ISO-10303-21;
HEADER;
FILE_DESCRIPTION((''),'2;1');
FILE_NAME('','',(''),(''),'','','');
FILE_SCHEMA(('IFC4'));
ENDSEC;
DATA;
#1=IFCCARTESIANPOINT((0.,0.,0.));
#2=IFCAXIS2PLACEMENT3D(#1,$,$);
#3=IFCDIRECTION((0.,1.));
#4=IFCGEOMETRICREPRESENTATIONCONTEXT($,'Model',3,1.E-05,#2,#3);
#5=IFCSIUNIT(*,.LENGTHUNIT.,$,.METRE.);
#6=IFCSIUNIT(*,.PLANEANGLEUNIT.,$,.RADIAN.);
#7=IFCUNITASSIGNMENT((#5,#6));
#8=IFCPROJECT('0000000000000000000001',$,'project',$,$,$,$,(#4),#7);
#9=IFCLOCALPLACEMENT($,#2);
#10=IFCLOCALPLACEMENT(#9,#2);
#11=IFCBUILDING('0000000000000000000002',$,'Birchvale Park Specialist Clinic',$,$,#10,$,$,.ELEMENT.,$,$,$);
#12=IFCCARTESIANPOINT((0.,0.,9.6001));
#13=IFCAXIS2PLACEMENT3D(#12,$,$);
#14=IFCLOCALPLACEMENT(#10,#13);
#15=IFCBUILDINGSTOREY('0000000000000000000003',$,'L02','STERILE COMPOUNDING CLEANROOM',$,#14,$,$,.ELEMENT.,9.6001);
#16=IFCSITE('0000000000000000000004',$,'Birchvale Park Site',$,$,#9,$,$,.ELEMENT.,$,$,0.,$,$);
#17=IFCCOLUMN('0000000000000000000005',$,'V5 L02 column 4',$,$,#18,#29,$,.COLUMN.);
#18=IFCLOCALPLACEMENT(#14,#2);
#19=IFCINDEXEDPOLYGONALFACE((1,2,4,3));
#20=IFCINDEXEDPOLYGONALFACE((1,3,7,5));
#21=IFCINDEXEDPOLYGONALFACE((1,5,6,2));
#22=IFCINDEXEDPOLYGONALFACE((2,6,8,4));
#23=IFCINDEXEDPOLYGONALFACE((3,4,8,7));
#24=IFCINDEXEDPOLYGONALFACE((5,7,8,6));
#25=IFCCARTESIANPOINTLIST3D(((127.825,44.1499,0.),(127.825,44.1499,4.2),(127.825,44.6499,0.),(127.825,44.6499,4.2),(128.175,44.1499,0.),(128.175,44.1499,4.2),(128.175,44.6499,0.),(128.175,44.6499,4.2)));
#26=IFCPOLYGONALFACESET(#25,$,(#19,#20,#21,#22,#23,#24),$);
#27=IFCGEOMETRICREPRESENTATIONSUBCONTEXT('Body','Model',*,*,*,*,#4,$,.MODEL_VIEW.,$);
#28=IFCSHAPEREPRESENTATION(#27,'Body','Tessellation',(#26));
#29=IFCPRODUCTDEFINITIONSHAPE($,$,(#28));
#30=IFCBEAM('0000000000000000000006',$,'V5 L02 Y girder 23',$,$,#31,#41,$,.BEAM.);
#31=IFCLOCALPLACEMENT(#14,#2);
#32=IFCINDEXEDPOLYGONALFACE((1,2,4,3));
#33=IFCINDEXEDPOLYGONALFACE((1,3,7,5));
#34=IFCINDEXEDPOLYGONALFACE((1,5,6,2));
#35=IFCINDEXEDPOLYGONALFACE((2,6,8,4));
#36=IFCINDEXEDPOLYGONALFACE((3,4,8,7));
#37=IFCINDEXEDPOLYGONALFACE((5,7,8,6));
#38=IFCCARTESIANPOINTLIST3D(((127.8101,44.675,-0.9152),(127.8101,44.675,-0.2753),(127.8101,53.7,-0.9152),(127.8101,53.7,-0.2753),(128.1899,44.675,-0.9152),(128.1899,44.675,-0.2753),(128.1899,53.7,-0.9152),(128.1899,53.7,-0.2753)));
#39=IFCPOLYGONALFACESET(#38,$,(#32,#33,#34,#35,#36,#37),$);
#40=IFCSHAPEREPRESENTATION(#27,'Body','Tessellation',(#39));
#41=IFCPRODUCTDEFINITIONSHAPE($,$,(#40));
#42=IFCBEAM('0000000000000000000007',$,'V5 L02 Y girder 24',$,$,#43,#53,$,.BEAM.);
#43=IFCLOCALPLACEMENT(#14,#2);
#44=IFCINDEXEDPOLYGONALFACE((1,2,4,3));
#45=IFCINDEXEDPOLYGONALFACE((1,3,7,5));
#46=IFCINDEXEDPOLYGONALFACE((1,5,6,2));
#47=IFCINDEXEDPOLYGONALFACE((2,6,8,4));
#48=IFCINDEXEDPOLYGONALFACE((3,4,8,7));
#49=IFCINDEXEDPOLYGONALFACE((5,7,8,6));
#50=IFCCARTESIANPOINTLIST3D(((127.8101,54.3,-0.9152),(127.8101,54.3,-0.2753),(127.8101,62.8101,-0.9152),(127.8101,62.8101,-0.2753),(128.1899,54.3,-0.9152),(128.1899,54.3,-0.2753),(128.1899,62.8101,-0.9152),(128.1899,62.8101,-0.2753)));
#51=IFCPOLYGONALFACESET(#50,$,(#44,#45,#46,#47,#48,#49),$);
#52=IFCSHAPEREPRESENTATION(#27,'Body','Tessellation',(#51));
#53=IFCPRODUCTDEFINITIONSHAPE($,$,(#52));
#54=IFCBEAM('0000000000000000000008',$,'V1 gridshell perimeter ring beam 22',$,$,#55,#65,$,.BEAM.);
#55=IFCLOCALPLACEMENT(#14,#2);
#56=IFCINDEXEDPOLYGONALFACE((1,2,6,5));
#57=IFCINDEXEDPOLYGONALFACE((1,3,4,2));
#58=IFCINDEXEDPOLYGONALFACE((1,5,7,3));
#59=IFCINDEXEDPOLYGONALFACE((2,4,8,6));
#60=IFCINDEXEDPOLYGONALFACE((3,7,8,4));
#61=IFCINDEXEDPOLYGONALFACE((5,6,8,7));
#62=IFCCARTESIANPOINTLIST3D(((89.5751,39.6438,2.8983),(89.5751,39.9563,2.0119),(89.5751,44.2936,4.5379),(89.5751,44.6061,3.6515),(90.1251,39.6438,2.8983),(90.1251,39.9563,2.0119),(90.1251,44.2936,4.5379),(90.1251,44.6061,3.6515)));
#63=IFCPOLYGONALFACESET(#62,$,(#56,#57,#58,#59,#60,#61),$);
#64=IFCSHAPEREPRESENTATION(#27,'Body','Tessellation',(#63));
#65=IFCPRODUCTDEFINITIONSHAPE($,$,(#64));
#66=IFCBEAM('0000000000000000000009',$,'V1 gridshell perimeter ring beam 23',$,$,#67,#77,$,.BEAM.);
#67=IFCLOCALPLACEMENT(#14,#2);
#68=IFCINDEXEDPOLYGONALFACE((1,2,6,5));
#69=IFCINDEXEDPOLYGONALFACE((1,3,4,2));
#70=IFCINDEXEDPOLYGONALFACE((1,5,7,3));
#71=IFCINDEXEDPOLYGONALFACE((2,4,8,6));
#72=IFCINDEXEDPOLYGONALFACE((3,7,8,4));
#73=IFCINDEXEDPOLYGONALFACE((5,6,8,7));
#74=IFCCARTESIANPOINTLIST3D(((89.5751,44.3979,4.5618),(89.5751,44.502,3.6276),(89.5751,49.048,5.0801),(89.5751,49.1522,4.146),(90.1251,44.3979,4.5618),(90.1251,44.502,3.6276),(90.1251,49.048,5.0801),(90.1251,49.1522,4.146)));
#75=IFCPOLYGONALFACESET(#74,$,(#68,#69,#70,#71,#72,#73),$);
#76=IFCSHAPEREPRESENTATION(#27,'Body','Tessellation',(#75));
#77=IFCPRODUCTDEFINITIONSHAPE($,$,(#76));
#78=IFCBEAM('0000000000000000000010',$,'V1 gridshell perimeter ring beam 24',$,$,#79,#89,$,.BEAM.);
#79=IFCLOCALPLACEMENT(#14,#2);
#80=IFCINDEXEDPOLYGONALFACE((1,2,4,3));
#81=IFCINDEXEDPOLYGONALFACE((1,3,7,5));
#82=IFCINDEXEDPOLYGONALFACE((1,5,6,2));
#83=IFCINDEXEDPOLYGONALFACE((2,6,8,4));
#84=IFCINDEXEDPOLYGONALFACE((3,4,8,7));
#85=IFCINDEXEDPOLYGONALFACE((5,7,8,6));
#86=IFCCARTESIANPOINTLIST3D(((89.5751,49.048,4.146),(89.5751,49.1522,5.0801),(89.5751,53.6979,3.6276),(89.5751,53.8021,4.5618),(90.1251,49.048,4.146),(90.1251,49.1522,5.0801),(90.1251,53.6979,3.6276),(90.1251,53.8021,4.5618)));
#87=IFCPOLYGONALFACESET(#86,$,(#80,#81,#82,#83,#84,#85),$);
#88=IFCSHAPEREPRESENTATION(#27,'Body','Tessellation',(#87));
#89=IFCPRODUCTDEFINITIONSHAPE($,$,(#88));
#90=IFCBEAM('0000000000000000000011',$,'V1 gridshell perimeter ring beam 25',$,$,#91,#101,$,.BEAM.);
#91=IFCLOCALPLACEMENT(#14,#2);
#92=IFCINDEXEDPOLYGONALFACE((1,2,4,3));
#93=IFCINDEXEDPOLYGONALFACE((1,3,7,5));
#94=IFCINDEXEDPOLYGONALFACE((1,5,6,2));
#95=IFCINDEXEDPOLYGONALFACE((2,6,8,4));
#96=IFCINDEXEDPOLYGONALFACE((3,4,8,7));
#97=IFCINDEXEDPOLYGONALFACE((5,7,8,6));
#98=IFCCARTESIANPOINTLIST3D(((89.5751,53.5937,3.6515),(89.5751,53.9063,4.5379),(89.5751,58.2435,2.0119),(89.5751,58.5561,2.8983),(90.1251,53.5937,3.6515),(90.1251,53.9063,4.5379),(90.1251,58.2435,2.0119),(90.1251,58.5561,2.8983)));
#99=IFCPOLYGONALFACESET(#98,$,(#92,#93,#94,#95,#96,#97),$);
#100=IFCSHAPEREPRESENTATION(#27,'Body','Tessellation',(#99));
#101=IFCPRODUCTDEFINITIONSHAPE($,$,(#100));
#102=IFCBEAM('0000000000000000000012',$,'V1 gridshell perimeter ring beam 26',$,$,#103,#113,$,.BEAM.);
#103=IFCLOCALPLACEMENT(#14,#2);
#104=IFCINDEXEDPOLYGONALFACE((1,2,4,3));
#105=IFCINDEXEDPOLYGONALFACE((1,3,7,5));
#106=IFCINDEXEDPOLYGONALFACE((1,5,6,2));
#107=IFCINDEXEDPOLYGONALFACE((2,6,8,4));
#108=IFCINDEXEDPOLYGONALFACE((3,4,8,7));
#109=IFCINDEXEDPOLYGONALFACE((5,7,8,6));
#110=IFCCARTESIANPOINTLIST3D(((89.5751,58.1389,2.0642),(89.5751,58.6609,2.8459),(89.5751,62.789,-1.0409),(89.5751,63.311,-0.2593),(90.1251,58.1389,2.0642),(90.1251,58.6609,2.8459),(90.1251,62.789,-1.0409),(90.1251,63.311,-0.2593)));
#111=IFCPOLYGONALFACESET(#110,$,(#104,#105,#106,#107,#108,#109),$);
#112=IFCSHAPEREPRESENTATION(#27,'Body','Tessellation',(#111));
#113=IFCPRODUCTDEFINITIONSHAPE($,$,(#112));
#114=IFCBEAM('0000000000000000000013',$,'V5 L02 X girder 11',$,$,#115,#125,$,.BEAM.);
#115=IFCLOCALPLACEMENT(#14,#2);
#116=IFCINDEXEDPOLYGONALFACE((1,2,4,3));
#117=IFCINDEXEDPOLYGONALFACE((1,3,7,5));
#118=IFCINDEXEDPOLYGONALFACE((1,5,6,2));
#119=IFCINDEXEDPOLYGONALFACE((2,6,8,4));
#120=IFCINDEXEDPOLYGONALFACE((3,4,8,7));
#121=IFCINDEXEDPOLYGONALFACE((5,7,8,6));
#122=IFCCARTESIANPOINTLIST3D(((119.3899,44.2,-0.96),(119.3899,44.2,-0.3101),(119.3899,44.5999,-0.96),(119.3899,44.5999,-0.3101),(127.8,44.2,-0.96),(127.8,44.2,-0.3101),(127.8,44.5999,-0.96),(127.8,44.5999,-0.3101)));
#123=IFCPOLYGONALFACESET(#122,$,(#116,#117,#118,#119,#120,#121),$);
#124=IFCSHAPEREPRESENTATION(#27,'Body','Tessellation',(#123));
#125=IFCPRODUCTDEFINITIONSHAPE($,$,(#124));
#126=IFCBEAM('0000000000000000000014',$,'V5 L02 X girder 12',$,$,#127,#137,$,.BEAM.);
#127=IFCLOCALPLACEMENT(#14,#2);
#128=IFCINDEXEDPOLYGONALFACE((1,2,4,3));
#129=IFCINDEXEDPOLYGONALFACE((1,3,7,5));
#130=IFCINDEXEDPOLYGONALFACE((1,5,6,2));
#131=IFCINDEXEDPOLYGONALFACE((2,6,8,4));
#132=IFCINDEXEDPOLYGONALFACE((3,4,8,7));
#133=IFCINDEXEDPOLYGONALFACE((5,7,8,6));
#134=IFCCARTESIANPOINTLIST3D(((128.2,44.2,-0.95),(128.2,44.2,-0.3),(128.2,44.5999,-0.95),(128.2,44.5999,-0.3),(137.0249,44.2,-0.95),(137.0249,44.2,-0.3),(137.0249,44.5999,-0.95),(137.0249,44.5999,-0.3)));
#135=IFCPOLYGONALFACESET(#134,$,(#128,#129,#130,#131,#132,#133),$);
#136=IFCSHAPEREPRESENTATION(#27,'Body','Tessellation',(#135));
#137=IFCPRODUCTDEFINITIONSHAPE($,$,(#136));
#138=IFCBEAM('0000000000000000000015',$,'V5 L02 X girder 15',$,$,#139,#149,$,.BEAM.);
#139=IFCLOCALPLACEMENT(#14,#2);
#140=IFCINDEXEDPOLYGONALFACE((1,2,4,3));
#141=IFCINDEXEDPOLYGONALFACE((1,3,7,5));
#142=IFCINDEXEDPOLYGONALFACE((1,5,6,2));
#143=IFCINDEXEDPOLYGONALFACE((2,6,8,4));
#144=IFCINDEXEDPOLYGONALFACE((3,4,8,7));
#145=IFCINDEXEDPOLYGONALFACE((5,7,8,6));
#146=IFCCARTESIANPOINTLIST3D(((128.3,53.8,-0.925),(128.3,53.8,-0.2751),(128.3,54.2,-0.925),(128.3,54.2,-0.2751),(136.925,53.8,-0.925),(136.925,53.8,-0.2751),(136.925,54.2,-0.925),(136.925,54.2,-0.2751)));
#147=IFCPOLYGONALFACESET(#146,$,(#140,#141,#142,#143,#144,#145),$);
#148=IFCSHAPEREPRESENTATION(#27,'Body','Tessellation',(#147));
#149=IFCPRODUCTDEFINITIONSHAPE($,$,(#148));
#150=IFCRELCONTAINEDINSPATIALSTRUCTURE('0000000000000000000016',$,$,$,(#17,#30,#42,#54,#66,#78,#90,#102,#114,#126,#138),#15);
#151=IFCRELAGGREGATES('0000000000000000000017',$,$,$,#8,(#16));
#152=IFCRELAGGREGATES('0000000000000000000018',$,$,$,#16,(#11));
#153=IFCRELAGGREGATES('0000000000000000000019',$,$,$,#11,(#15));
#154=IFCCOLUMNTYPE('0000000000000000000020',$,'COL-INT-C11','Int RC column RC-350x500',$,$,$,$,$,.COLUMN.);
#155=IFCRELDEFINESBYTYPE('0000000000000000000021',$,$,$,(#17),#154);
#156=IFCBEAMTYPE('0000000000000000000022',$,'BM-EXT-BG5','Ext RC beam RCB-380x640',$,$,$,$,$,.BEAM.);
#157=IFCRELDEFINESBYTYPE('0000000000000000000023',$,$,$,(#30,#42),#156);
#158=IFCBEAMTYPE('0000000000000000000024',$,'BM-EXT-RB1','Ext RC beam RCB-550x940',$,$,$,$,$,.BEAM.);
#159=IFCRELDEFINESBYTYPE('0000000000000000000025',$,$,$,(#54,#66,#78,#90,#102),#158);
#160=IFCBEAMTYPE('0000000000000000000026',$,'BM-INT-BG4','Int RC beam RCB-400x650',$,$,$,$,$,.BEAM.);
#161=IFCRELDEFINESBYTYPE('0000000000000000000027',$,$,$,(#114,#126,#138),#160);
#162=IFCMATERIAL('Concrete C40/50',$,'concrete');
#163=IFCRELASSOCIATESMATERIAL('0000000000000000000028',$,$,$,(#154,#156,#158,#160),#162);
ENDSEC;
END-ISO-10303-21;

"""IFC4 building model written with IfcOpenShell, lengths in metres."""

from ifc_helpers import new_model, si_unit, direction, frame, origin, origin_2d, place, context, subcontext, project, spatial, rectangle, extrude, material, material_profile, profile_set, type_object, element, save


model = new_model("IFC4")

# Units and contexts
model_context = context("Model", 3, precision=1e-05, world=origin(), true_north=direction((0.0, 1.0)))
body_context = subcontext(model_context, "Body", "Model", "MODEL_VIEW")
ifc_project = project(units=[si_unit("LENGTHUNIT", "METRE"), si_unit("PLANEANGLEUNIT", "RADIAN")], contexts=[model_context])

# Site, building, storey
site_placement = place(None, origin())
site = spatial("IfcSite", under=ifc_project, at=site_placement, Name="Birchvale Park Site", CompositionType="ELEMENT", RefElevation=0.0)
building_placement = place(site_placement, origin())
building = spatial("IfcBuilding", under=site, at=building_placement, Name="Birchvale Park Specialist Clinic", CompositionType="ELEMENT")
storey_placement = place(building_placement, frame((0.0, 0.0, 9.6001)))
storey = spatial("IfcBuildingStorey", under=building, at=storey_placement, Name="L02", Description="STERILE COMPOUNDING CLEANROOM", CompositionType="ELEMENT", Elevation=9.6001)

# Column
ifc_material_1 = material(Name="Concrete C40/50", Category="concrete")
ifc_material_profile_1 = material_profile(ifc_material_1, rectangle(XDim=0.3501, YDim=0.5, at=origin_2d()), Name="RC-350x500")
ifc_profile_set_1 = profile_set([ifc_material_profile_1], Name="Concrete C40/50")
column_type_1 = type_object("IfcColumnType", Name="COL-INT-C11", Description="Int RC column RC-350x500", PredefinedType="COLUMN", material=ifc_profile_set_1)
column_1_placement = place(storey_placement, frame((128.0, 44.3999, 0.0), z_axis=(0.0, 0.0, 1.0), x_axis=(1.0, 0.0, 0.0)))
element("IfcColumn", 1, at=column_1_placement, inside=storey, type_object=column_type_1, Name="V5 L02 column 4", PredefinedType="COLUMN", context=body_context, shape_type="SweptSolid", body=[
    extrude(rectangle(XDim=0.3501, YDim=0.5, at=origin_2d()), origin(), (0.0, 0.0, 1.0), 4.2),
])

# Beams
ifc_material_profile_2 = material_profile(ifc_material_1, rectangle(XDim=0.3799, YDim=0.6399, at=origin_2d()), Name="RCB-380x640")
ifc_profile_set_2 = profile_set([ifc_material_profile_2], Name="Concrete C40/50")
beam_type_1 = type_object("IfcBeamType", Name="BM-EXT-BG5", Description="Ext RC beam RCB-380x640", PredefinedType="BEAM", material=ifc_profile_set_2)
beam_1_placement = place(storey_placement, frame((128.0, 44.675, -0.5952), z_axis=(0.0, 1.0, 0.0), x_axis=(-1.0, 0.0, 0.0)))
element("IfcBeam", 2, at=beam_1_placement, inside=storey, type_object=beam_type_1, Name="V5 L02 Y girder 23", PredefinedType="BEAM", context=body_context, shape_type="SweptSolid", body=[
    extrude(rectangle(XDim=0.3799, YDim=0.6399, at=origin_2d()), origin(), (0.0, 0.0, 1.0), 9.0249),
])
beam_2_placement = place(storey_placement, frame((128.0, 54.3, -0.5952), z_axis=(0.0, 1.0, 0.0), x_axis=(-1.0, 0.0, 0.0)))
element("IfcBeam", 3, at=beam_2_placement, inside=storey, type_object=beam_type_1, Name="V5 L02 Y girder 24", PredefinedType="BEAM", context=body_context, shape_type="SweptSolid", body=[
    extrude(rectangle(XDim=0.3799, YDim=0.6399, at=origin_2d()), origin(), (0.0, 0.0, 1.0), 8.51),
])
ifc_material_profile_3 = material_profile(ifc_material_1, rectangle(XDim=0.55, YDim=0.9399, at=origin_2d()), Name="RCB-550x940")
ifc_profile_set_3 = profile_set([ifc_material_profile_3], Name="Concrete C40/50")
beam_type_2 = type_object("IfcBeamType", Name="BM-EXT-RB1", Description="Ext RC beam RCB-550x940", PredefinedType="BEAM", material=ifc_profile_set_3)
beam_3_placement = place(storey_placement, frame((89.8501, 39.8, 2.4551), z_axis=(0.0, 0.943085, 0.332551), x_axis=(-1.0, 0.0, 0.0)))
element("IfcBeam", 4, at=beam_3_placement, inside=storey, type_object=beam_type_2, Name="V1 gridshell perimeter ring beam 22", PredefinedType="BEAM", context=body_context, shape_type="SweptSolid", body=[
    extrude(rectangle(XDim=0.55, YDim=0.9399, at=origin_2d()), origin(), (0.0, 0.0, 1.0), 4.9304),
])
beam_4_placement = place(storey_placement, frame((89.8501, 44.45, 4.0947), z_axis=(0.0, 0.993845, 0.110775), x_axis=(-1.0, 0.0, 0.0)))
element("IfcBeam", 5, at=beam_4_placement, inside=storey, type_object=beam_type_2, Name="V1 gridshell perimeter ring beam 23", PredefinedType="BEAM", context=body_context, shape_type="SweptSolid", body=[
    extrude(rectangle(XDim=0.55, YDim=0.9399, at=origin_2d()), origin(), (0.0, 0.0, 1.0), 4.679),
])
beam_5_placement = place(storey_placement, frame((89.8501, 49.1001, 4.613), z_axis=(0.0, 0.993845, -0.110781), x_axis=(-1.0, 0.0, 0.0)))
element("IfcBeam", 6, at=beam_5_placement, inside=storey, type_object=beam_type_2, Name="V1 gridshell perimeter ring beam 24", PredefinedType="BEAM", context=body_context, shape_type="SweptSolid", body=[
    extrude(rectangle(XDim=0.55, YDim=0.9399, at=origin_2d()), origin(), (0.0, 0.0, 1.0), 4.6787),
])
beam_6_placement = place(storey_placement, frame((89.8501, 53.75, 4.0947), z_axis=(0.0, 0.943085, -0.332551), x_axis=(-1.0, 0.0, 0.0)))
element("IfcBeam", 7, at=beam_6_placement, inside=storey, type_object=beam_type_2, Name="V1 gridshell perimeter ring beam 25", PredefinedType="BEAM", context=body_context, shape_type="SweptSolid", body=[
    extrude(rectangle(XDim=0.55, YDim=0.9399, at=origin_2d()), origin(), (0.0, 0.0, 1.0), 4.9304),
])
beam_7_placement = place(storey_placement, frame((89.8501, 58.3999, 2.4551), z_axis=(0.0, 0.831627, -0.555335), x_axis=(-1.0, 0.0, 0.0)))
element("IfcBeam", 8, at=beam_7_placement, inside=storey, type_object=beam_type_2, Name="V1 gridshell perimeter ring beam 26", PredefinedType="BEAM", context=body_context, shape_type="SweptSolid", body=[
    extrude(rectangle(XDim=0.55, YDim=0.9399, at=origin_2d()), origin(), (0.0, 0.0, 1.0), 5.5916),
])
ifc_material_profile_4 = material_profile(ifc_material_1, rectangle(XDim=0.3999, YDim=0.6499, at=origin_2d()), Name="RCB-400x650")
ifc_profile_set_4 = profile_set([ifc_material_profile_4], Name="Concrete C40/50")
beam_type_3 = type_object("IfcBeamType", Name="BM-INT-BG4", Description="Int RC beam RCB-400x650", PredefinedType="BEAM", material=ifc_profile_set_4)
beam_8_placement = place(storey_placement, frame((119.3899, 44.3999, -0.635), z_axis=(1.0, 0.0, 0.0), x_axis=(0.0, 1.0, 0.0)))
element("IfcBeam", 9, at=beam_8_placement, inside=storey, type_object=beam_type_3, Name="V5 L02 X girder 11", PredefinedType="BEAM", context=body_context, shape_type="SweptSolid", body=[
    extrude(rectangle(XDim=0.3999, YDim=0.6499, at=origin_2d()), origin(), (0.0, 0.0, 1.0), 8.4102),
])
beam_9_placement = place(storey_placement, frame((128.2, 44.3999, -0.625), z_axis=(1.0, 0.0, 0.0), x_axis=(0.0, 1.0, 0.0)))
element("IfcBeam", 10, at=beam_9_placement, inside=storey, type_object=beam_type_3, Name="V5 L02 X girder 12", PredefinedType="BEAM", context=body_context, shape_type="SweptSolid", body=[
    extrude(rectangle(XDim=0.3999, YDim=0.6499, at=origin_2d()), origin(), (0.0, 0.0, 1.0), 8.825),
])
beam_10_placement = place(storey_placement, frame((128.3, 54.0, -0.6001), z_axis=(1.0, 0.0, 0.0), x_axis=(0.0, 1.0, 0.0)))
element("IfcBeam", 11, at=beam_10_placement, inside=storey, type_object=beam_type_3, Name="V5 L02 X girder 15", PredefinedType="BEAM", context=body_context, shape_type="SweptSolid", body=[
    extrude(rectangle(XDim=0.3999, YDim=0.6499, at=origin_2d()), origin(), (0.0, 0.0, 1.0), 8.625),
])

save(model, "model.ifc")
